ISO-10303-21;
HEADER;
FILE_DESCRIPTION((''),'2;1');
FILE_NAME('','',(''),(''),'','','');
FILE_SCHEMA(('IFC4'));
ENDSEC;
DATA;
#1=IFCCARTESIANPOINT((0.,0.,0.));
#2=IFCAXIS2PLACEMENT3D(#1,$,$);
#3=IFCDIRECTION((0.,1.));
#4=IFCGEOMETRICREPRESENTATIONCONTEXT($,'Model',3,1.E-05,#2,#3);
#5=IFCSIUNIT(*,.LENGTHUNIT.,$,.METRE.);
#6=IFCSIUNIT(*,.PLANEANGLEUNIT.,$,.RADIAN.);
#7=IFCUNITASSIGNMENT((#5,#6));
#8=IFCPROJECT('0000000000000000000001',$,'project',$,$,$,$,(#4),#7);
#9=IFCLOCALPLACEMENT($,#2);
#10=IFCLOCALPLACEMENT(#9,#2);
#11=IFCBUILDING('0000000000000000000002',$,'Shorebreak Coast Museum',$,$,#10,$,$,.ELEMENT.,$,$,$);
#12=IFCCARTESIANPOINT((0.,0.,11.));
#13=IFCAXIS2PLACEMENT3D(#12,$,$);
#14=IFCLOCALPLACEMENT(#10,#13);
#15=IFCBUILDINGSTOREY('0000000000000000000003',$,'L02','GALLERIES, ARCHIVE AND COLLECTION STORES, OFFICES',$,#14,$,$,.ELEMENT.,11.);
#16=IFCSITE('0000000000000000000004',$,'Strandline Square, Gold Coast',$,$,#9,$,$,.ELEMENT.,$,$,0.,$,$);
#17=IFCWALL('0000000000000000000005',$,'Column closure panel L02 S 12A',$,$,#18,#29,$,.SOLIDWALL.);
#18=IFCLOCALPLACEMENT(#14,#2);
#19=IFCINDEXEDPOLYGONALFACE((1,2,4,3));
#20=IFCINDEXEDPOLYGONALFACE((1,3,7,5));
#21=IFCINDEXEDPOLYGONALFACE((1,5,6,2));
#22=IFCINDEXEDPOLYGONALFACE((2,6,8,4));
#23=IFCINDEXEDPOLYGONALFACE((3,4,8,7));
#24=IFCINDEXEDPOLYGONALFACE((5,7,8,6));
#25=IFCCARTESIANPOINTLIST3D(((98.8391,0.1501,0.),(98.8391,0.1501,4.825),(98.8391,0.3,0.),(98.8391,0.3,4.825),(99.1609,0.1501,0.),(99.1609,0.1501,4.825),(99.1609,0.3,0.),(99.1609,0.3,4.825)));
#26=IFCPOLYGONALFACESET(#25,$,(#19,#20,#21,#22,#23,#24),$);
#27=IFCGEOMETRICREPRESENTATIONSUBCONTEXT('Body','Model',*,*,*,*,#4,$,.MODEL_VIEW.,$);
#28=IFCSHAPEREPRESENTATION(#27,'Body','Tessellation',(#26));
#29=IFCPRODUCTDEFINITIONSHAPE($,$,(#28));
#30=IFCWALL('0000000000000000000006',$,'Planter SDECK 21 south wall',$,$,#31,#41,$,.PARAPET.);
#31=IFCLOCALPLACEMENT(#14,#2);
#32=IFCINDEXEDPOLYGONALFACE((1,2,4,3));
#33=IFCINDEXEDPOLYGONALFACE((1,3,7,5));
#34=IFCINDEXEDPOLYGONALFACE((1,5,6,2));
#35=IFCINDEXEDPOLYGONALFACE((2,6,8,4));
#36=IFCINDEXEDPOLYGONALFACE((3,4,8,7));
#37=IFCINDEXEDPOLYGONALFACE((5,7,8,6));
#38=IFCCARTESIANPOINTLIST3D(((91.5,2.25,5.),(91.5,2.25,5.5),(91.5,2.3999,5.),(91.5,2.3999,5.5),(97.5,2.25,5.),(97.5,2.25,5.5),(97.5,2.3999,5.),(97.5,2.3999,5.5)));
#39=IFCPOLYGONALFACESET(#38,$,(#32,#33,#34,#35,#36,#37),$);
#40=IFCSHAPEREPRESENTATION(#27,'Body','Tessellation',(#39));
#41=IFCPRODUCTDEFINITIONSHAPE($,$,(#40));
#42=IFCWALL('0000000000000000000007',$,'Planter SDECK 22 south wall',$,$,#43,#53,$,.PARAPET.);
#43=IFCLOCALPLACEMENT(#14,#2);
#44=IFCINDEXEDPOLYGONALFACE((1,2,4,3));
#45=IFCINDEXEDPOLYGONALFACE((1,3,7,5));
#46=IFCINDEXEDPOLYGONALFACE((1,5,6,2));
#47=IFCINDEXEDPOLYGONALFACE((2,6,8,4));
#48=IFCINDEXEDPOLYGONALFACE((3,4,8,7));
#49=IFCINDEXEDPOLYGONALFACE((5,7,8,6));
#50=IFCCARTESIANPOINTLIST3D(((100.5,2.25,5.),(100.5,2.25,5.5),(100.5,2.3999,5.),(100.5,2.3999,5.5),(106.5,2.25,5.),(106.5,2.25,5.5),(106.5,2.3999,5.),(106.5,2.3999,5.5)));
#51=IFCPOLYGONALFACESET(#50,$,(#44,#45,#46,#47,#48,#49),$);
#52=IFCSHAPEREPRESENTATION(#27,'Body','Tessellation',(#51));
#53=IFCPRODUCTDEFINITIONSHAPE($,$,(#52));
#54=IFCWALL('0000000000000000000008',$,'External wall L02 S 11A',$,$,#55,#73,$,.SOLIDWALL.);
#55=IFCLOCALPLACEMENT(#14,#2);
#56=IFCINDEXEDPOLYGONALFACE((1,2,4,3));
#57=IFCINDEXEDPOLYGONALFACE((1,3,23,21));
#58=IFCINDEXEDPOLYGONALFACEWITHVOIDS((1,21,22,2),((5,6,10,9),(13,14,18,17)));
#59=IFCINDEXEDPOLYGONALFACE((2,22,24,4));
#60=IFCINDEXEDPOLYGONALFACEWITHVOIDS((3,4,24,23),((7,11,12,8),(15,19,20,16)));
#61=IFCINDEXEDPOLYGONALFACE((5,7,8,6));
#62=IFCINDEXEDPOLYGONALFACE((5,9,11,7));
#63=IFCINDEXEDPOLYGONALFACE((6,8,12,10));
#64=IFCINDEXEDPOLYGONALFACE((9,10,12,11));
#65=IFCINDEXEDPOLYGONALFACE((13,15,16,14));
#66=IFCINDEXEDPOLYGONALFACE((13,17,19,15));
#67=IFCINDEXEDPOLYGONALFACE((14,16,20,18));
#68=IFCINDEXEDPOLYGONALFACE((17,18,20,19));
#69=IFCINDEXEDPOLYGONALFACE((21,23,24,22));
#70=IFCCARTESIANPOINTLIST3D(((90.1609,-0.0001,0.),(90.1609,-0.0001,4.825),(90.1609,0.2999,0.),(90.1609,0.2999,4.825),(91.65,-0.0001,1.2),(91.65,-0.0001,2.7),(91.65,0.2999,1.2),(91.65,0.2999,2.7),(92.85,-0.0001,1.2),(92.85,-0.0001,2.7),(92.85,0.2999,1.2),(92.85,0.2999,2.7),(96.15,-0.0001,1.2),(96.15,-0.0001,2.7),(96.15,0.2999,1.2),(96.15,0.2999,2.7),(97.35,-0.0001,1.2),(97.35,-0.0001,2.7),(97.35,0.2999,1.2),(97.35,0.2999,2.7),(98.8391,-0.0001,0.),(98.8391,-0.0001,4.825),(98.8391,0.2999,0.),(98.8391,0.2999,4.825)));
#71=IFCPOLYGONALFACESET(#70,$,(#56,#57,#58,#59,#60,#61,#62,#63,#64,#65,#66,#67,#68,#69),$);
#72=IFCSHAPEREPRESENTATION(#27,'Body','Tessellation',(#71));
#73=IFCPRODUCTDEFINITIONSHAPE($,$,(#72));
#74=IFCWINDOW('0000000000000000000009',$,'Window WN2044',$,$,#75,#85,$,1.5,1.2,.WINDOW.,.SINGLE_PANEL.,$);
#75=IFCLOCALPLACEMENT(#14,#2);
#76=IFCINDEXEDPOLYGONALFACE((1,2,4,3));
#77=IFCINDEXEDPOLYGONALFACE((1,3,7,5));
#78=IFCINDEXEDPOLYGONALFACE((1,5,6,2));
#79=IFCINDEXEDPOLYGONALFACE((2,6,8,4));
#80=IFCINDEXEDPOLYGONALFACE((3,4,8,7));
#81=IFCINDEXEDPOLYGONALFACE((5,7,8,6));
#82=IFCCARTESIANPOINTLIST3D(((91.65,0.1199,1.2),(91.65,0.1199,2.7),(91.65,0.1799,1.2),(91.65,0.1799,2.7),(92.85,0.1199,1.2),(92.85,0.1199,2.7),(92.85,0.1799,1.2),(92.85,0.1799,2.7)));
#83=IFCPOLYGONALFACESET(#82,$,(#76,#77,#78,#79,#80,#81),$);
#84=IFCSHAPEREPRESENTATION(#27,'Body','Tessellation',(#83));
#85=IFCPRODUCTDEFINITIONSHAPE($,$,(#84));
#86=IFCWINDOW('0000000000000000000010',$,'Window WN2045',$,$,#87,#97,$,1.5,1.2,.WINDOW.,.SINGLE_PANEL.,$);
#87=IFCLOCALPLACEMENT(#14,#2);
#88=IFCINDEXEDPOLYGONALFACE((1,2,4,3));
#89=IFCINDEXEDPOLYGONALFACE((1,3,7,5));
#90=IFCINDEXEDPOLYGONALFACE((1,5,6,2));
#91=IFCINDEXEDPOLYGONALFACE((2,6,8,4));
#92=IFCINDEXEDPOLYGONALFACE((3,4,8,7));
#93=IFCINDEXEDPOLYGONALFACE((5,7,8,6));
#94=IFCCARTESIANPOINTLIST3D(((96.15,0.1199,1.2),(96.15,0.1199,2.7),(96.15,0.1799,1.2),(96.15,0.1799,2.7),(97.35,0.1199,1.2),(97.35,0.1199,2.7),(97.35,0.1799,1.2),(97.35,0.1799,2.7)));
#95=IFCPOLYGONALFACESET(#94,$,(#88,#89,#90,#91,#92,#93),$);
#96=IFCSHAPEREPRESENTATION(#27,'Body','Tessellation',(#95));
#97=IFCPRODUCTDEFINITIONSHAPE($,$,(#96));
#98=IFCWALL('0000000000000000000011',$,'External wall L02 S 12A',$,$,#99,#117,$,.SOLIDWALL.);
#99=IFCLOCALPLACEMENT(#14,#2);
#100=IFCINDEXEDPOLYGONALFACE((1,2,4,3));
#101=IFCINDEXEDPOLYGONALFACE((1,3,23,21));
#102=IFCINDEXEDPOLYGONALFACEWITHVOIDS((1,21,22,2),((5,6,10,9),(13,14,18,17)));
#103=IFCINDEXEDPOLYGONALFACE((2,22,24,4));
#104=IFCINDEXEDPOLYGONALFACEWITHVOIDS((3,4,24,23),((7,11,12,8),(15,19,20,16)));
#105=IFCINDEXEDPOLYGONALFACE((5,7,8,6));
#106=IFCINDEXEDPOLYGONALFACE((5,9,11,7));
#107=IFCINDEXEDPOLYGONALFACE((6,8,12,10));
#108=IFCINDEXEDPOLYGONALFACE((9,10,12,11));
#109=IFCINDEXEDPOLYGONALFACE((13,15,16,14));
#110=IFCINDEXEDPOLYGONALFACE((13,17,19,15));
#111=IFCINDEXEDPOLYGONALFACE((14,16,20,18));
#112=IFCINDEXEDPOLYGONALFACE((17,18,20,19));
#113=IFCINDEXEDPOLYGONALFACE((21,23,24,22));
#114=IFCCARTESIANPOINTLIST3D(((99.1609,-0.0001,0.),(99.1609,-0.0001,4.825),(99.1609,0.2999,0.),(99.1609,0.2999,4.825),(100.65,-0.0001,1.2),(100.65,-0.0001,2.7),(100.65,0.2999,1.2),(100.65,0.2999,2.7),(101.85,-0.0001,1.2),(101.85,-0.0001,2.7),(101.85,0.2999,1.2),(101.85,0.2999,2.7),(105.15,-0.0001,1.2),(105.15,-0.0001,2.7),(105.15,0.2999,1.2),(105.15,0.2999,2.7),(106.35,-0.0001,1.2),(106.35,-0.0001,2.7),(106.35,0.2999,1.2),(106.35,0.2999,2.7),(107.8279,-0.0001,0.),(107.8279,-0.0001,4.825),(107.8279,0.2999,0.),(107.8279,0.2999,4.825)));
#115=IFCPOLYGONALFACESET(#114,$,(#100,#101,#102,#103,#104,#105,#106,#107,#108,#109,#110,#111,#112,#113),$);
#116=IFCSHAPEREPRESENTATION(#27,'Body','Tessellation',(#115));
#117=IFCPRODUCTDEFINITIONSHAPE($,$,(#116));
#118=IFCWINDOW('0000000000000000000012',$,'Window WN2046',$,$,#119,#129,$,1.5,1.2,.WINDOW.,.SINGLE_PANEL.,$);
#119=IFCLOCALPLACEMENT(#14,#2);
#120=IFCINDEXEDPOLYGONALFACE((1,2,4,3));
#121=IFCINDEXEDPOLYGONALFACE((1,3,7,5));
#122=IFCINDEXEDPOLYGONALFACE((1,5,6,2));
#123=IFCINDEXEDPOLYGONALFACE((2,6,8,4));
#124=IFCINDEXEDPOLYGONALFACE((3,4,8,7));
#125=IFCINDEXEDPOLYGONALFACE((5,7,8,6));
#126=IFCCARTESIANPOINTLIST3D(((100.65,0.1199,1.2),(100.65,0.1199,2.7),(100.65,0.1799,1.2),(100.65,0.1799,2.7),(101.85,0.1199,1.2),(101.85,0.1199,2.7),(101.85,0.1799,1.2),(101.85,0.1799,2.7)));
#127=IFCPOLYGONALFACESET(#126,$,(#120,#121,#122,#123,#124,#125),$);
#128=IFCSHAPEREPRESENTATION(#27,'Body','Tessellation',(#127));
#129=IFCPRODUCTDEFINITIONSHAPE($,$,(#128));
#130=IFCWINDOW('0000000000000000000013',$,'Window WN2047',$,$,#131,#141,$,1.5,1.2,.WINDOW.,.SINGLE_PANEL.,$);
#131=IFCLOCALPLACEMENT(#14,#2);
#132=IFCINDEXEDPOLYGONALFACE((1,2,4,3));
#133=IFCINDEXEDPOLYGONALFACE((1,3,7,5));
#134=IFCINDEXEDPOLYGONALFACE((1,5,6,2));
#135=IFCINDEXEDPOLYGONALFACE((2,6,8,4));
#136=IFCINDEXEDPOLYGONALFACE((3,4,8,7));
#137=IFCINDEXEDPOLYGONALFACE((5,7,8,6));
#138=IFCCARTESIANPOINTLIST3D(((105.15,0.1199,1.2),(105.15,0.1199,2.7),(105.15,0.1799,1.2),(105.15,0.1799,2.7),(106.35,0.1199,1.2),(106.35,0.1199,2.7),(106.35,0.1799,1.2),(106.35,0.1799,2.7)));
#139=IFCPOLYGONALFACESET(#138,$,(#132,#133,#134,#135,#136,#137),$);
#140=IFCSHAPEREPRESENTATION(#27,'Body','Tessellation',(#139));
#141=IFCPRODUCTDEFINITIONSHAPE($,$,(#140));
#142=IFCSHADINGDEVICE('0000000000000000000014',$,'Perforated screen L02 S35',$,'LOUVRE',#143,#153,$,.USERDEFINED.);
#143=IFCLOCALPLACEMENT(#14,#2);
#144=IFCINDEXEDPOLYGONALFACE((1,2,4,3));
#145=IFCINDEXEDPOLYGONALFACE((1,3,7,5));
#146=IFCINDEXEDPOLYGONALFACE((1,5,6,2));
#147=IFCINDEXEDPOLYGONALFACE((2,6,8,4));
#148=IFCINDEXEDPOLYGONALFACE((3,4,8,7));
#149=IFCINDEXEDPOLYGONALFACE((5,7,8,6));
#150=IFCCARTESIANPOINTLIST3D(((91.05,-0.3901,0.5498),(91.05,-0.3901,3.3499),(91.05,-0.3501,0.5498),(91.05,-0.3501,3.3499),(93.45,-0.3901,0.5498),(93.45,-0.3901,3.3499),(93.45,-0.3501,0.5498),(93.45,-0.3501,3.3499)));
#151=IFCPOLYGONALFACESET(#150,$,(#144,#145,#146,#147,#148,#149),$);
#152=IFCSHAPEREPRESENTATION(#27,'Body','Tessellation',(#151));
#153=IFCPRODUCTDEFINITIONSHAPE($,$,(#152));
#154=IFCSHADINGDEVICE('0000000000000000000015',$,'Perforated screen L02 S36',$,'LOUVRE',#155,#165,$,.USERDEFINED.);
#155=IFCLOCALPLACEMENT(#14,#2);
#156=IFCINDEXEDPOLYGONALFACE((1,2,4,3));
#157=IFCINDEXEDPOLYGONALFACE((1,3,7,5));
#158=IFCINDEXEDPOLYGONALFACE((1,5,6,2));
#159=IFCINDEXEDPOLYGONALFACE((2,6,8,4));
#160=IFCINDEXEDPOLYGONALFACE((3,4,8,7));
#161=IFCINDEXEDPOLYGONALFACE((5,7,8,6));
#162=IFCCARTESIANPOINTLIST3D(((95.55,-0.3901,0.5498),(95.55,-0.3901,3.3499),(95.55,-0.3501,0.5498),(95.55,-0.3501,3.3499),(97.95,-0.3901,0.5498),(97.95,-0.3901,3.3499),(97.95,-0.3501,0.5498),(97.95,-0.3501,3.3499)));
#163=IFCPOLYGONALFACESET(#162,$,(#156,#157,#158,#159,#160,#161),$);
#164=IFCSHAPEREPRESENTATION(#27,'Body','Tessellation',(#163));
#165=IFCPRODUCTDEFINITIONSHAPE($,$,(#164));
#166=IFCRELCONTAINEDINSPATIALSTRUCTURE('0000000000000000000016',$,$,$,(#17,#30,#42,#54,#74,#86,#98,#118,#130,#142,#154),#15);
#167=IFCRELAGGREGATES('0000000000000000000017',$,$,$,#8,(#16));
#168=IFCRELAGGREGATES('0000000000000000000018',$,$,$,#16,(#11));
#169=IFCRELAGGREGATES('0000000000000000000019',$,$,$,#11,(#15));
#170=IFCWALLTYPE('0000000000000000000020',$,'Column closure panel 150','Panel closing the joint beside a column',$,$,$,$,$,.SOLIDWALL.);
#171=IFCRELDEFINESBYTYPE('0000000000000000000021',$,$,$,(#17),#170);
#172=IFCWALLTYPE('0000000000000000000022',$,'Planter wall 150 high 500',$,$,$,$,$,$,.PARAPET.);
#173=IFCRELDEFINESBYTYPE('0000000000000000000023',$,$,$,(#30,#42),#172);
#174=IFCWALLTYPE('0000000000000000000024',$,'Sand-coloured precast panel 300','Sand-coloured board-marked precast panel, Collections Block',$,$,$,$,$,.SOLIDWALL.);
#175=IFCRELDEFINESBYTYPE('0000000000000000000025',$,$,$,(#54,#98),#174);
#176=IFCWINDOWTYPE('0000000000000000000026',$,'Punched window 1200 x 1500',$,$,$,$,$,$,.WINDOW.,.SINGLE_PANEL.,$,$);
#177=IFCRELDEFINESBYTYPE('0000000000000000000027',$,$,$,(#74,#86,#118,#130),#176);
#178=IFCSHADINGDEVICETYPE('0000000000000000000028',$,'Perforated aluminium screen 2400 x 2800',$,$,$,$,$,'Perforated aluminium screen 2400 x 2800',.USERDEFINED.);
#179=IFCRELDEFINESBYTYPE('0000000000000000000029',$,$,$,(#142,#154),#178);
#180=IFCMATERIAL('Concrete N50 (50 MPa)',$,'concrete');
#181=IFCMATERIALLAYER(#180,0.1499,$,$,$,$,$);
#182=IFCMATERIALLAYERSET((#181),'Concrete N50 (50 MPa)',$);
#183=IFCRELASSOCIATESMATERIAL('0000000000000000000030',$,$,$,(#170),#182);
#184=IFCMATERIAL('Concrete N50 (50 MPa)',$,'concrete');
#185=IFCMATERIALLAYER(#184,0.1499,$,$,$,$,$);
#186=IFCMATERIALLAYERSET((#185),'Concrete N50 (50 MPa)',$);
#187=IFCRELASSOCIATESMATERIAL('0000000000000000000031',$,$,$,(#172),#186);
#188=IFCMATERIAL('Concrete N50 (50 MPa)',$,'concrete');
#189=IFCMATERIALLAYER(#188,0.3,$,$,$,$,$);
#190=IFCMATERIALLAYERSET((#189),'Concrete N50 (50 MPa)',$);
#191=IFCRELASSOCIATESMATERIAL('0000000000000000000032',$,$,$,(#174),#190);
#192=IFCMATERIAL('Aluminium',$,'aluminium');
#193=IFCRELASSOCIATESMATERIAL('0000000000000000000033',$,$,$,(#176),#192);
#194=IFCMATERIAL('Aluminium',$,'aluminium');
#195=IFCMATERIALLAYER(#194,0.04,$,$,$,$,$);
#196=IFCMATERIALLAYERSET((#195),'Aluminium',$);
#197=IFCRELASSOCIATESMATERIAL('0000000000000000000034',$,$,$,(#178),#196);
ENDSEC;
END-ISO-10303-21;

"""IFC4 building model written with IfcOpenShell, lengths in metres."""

from ifc_helpers import new_model, si_unit, direction, frame, frame_2d, origin, origin_2d, place, context, subcontext, project, spatial, rectangle, extrude, material, layer, layer_set, type_object, element, fill, save


model = new_model("IFC4")

# Units and contexts
model_context = context("Model", 3, precision=1e-05, world=origin(), true_north=direction((0.0, 1.0)))
body_context = subcontext(model_context, "Body", "Model", "MODEL_VIEW")
ifc_project = project(units=[si_unit("LENGTHUNIT", "METRE"), si_unit("PLANEANGLEUNIT", "RADIAN")], contexts=[model_context])

# Site, building, storey
site_placement = place(None, origin())
site = spatial("IfcSite", under=ifc_project, at=site_placement, Name="Strandline Square, Gold Coast", CompositionType="ELEMENT", RefElevation=0.0)
building_placement = place(site_placement, origin())
building = spatial("IfcBuilding", under=site, at=building_placement, Name="Shorebreak Coast Museum", CompositionType="ELEMENT")
storey_placement = place(building_placement, frame((0.0, 0.0, 11.0)))
storey = spatial("IfcBuildingStorey", under=building, at=storey_placement, Name="L02", Description="GALLERIES, ARCHIVE AND COLLECTION STORES, OFFICES", CompositionType="ELEMENT", Elevation=11.0)

# Walls
ifc_material_1 = material(Name="Concrete N50 (50 MPa)", Category="concrete")
ifc_layer_1 = layer(ifc_material_1, 0.1499)
ifc_layer_set_1 = layer_set([ifc_layer_1], Name="Concrete N50 (50 MPa)")
wall_type_1 = type_object("IfcWallType", Name="Column closure panel 150", Description="Panel closing the joint beside a column", PredefinedType="SOLIDWALL", material=ifc_layer_set_1)
wall_1_placement = place(storey_placement, frame((98.8391, 0.2251, 0.0), z_axis=(0.0, 0.0, 1.0), x_axis=(1.0, 0.0, 0.0)))
element("IfcWall", 1, at=wall_1_placement, inside=storey, type_object=wall_type_1, Name="Column closure panel L02 S 12A", PredefinedType="SOLIDWALL", context=body_context, shape_type="SweptSolid", body=[
    extrude(rectangle(XDim=0.3218, YDim=0.1499, at=frame_2d((0.1609, 0.0))), origin(), (0.0, 0.0, 1.0), 4.825),
])
ifc_material_2 = material(Name="Concrete N50 (50 MPa)", Category="concrete")
ifc_layer_2 = layer(ifc_material_2, 0.1499)
ifc_layer_set_2 = layer_set([ifc_layer_2], Name="Concrete N50 (50 MPa)")
wall_type_2 = type_object("IfcWallType", Name="Planter wall 150 high 500", PredefinedType="PARAPET", material=ifc_layer_set_2)
for number, where, z_axis, x_axis, name in (
    (2, (91.5, 2.325, 5.0), (0.0, 0.0, 1.0), (1.0, 0.0, 0.0), "Planter SDECK 21 south wall"),
    (3, (100.5, 2.325, 5.0), (0.0, 0.0, 1.0), (1.0, 0.0, 0.0), "Planter SDECK 22 south wall"),
):
    element("IfcWall", number, at=place(storey_placement, frame(where, z_axis=z_axis, x_axis=x_axis)), inside=storey, type_object=wall_type_2, Name=name, PredefinedType="PARAPET", context=body_context, shape_type="SweptSolid", body=[
        extrude(rectangle(XDim=6.0, YDim=0.1499, at=frame_2d((3.0, 0.0))), origin(), (0.0, 0.0, 1.0), 0.5),
    ])

# Walls, openings, windows
ifc_material_3 = material(Name="Concrete N50 (50 MPa)", Category="concrete")
ifc_layer_3 = layer(ifc_material_3, 0.3)
ifc_layer_set_3 = layer_set([ifc_layer_3], Name="Concrete N50 (50 MPa)")
wall_type_3 = type_object("IfcWallType", Name="Sand-coloured precast panel 300", Description="Sand-coloured board-marked precast panel, Collections Block", PredefinedType="SOLIDWALL", material=ifc_layer_set_3)
wall_2_placement = place(storey_placement, frame((90.1609, 0.1499, 0.0), z_axis=(0.0, 0.0, 1.0), x_axis=(1.0, 0.0, 0.0)))
wall_2 = element("IfcWall", 4, at=wall_2_placement, inside=storey, type_object=wall_type_3, Name="External wall L02 S 11A", PredefinedType="SOLIDWALL", context=body_context, shape_type="SweptSolid", body=[
    extrude(rectangle(XDim=8.6782, YDim=0.3, at=frame_2d((4.3391, 0.0))), origin(), (0.0, 0.0, 1.0), 4.825),
])
opening_1_placement = place(wall_2_placement, frame((1.489, 0.0, 1.2)))
opening_1 = element("IfcOpeningElement", 5, at=opening_1_placement, cuts=wall_2, PredefinedType="OPENING", context=body_context, shape_type="SweptSolid", body=[
    extrude(rectangle(XDim=1.2, YDim=1.5, at=frame_2d((0.6001, 0.75))), frame((0.0, 0.1599, 0.0), z_axis=(0.0, -1.0, 0.0), x_axis=(1.0, 0.0, 0.0)), (0.0, 0.0, 1.0), 0.3201),
])
opening_2_placement = place(wall_2_placement, frame((5.989, 0.0, 1.2)))
opening_2 = element("IfcOpeningElement", 6, at=opening_2_placement, cuts=wall_2, PredefinedType="OPENING", context=body_context, shape_type="SweptSolid", body=[
    extrude(rectangle(XDim=1.2, YDim=1.5, at=frame_2d((0.6001, 0.75))), frame((0.0, 0.1599, 0.0), z_axis=(0.0, -1.0, 0.0), x_axis=(1.0, 0.0, 0.0)), (0.0, 0.0, 1.0), 0.3201),
])
ifc_material_4 = material(Name="Aluminium", Category="aluminium")
window_type = type_object("IfcWindowType", Name="Punched window 1200 x 1500", PartitioningType="SINGLE_PANEL", PredefinedType="WINDOW", material=ifc_material_4)
window_1_placement = place(opening_1_placement, origin())
window_1 = element("IfcWindow", 7, at=window_1_placement, inside=storey, type_object=window_type, Name="Window WN2044", OverallHeight=1.5, OverallWidth=1.2, PartitioningType="SINGLE_PANEL", PredefinedType="WINDOW", context=body_context, shape_type="SweptSolid", body=[
    extrude(rectangle(XDim=1.2, YDim=1.5, at=frame_2d((0.6001, 0.75))), frame((0.0, 0.03, 0.0), z_axis=(0.0, -1.0, 0.0), x_axis=(1.0, 0.0, 0.0)), (0.0, 0.0, 1.0), 0.0601),
])
fill(opening_1, window_1)
window_2_placement = place(opening_2_placement, origin())
window_2 = element("IfcWindow", 8, at=window_2_placement, inside=storey, type_object=window_type, Name="Window WN2045", OverallHeight=1.5, OverallWidth=1.2, PartitioningType="SINGLE_PANEL", PredefinedType="WINDOW", context=body_context, shape_type="SweptSolid", body=[
    extrude(rectangle(XDim=1.2, YDim=1.5, at=frame_2d((0.6001, 0.75))), frame((0.0, 0.03, 0.0), z_axis=(0.0, -1.0, 0.0), x_axis=(1.0, 0.0, 0.0)), (0.0, 0.0, 1.0), 0.0601),
])
fill(opening_2, window_2)
wall_3_placement = place(storey_placement, frame((99.1609, 0.1499, 0.0), z_axis=(0.0, 0.0, 1.0), x_axis=(1.0, 0.0, 0.0)))
wall_3 = element("IfcWall", 9, at=wall_3_placement, inside=storey, type_object=wall_type_3, Name="External wall L02 S 12A", PredefinedType="SOLIDWALL", context=body_context, shape_type="SweptSolid", body=[
    extrude(rectangle(XDim=8.667, YDim=0.3, at=frame_2d((4.3335, 0.0))), origin(), (0.0, 0.0, 1.0), 4.825),
])
opening_3_placement = place(wall_3_placement, frame((1.489, 0.0, 1.2)))
opening_3 = element("IfcOpeningElement", 10, at=opening_3_placement, cuts=wall_3, PredefinedType="OPENING", context=body_context, shape_type="SweptSolid", body=[
    extrude(rectangle(XDim=1.2, YDim=1.5, at=frame_2d((0.6001, 0.75))), frame((0.0, 0.1599, 0.0), z_axis=(0.0, -1.0, 0.0), x_axis=(1.0, 0.0, 0.0)), (0.0, 0.0, 1.0), 0.3201),
])
opening_4_placement = place(wall_3_placement, frame((5.989, 0.0, 1.2)))
opening_4 = element("IfcOpeningElement", 11, at=opening_4_placement, cuts=wall_3, PredefinedType="OPENING", context=body_context, shape_type="SweptSolid", body=[
    extrude(rectangle(XDim=1.2, YDim=1.5, at=frame_2d((0.6001, 0.75))), frame((0.0, 0.1599, 0.0), z_axis=(0.0, -1.0, 0.0), x_axis=(1.0, 0.0, 0.0)), (0.0, 0.0, 1.0), 0.3201),
])
window_3_placement = place(opening_3_placement, origin())
window_3 = element("IfcWindow", 12, at=window_3_placement, inside=storey, type_object=window_type, Name="Window WN2046", OverallHeight=1.5, OverallWidth=1.2, PartitioningType="SINGLE_PANEL", PredefinedType="WINDOW", context=body_context, shape_type="SweptSolid", body=[
    extrude(rectangle(XDim=1.2, YDim=1.5, at=frame_2d((0.6001, 0.75))), frame((0.0, 0.03, 0.0), z_axis=(0.0, -1.0, 0.0), x_axis=(1.0, 0.0, 0.0)), (0.0, 0.0, 1.0), 0.0601),
])
fill(opening_3, window_3)
window_4_placement = place(opening_4_placement, origin())
window_4 = element("IfcWindow", 13, at=window_4_placement, inside=storey, type_object=window_type, Name="Window WN2047", OverallHeight=1.5, OverallWidth=1.2, PartitioningType="SINGLE_PANEL", PredefinedType="WINDOW", context=body_context, shape_type="SweptSolid", body=[
    extrude(rectangle(XDim=1.2, YDim=1.5, at=frame_2d((0.6001, 0.75))), frame((0.0, 0.03, 0.0), z_axis=(0.0, -1.0, 0.0), x_axis=(1.0, 0.0, 0.0)), (0.0, 0.0, 1.0), 0.0601),
])
fill(opening_4, window_4)

# Shading devices
ifc_material_5 = material(Name="Aluminium", Category="aluminium")
ifc_layer_4 = layer(ifc_material_5, 0.04)
ifc_layer_set_4 = layer_set([ifc_layer_4], Name="Aluminium")
shading_device_type = type_object("IfcShadingDeviceType", Name="Perforated aluminium screen 2400 x 2800", ElementType="Perforated aluminium screen 2400 x 2800", PredefinedType="USERDEFINED", material=ifc_layer_set_4)
for number, where, z_axis, x_axis, name in (
    (14, (92.25, -0.3701, 0.5498), (0.0, 0.0, 1.0), (1.0, 0.0, 0.0), "Perforated screen L02 S35"),
    (15, (96.75, -0.3701, 0.5498), (0.0, 0.0, 1.0), (1.0, 0.0, 0.0), "Perforated screen L02 S36"),
):
    element("IfcShadingDevice", number, at=place(storey_placement, frame(where, z_axis=z_axis, x_axis=x_axis)), inside=storey, type_object=shading_device_type, Name=name, ObjectType="LOUVRE", PredefinedType="USERDEFINED", context=body_context, shape_type="SweptSolid", body=[
        extrude(rectangle(XDim=2.3999, YDim=0.04, at=origin_2d()), origin(), (0.0, 0.0, 1.0), 2.8),
    ])

save(model, "model.ifc")
